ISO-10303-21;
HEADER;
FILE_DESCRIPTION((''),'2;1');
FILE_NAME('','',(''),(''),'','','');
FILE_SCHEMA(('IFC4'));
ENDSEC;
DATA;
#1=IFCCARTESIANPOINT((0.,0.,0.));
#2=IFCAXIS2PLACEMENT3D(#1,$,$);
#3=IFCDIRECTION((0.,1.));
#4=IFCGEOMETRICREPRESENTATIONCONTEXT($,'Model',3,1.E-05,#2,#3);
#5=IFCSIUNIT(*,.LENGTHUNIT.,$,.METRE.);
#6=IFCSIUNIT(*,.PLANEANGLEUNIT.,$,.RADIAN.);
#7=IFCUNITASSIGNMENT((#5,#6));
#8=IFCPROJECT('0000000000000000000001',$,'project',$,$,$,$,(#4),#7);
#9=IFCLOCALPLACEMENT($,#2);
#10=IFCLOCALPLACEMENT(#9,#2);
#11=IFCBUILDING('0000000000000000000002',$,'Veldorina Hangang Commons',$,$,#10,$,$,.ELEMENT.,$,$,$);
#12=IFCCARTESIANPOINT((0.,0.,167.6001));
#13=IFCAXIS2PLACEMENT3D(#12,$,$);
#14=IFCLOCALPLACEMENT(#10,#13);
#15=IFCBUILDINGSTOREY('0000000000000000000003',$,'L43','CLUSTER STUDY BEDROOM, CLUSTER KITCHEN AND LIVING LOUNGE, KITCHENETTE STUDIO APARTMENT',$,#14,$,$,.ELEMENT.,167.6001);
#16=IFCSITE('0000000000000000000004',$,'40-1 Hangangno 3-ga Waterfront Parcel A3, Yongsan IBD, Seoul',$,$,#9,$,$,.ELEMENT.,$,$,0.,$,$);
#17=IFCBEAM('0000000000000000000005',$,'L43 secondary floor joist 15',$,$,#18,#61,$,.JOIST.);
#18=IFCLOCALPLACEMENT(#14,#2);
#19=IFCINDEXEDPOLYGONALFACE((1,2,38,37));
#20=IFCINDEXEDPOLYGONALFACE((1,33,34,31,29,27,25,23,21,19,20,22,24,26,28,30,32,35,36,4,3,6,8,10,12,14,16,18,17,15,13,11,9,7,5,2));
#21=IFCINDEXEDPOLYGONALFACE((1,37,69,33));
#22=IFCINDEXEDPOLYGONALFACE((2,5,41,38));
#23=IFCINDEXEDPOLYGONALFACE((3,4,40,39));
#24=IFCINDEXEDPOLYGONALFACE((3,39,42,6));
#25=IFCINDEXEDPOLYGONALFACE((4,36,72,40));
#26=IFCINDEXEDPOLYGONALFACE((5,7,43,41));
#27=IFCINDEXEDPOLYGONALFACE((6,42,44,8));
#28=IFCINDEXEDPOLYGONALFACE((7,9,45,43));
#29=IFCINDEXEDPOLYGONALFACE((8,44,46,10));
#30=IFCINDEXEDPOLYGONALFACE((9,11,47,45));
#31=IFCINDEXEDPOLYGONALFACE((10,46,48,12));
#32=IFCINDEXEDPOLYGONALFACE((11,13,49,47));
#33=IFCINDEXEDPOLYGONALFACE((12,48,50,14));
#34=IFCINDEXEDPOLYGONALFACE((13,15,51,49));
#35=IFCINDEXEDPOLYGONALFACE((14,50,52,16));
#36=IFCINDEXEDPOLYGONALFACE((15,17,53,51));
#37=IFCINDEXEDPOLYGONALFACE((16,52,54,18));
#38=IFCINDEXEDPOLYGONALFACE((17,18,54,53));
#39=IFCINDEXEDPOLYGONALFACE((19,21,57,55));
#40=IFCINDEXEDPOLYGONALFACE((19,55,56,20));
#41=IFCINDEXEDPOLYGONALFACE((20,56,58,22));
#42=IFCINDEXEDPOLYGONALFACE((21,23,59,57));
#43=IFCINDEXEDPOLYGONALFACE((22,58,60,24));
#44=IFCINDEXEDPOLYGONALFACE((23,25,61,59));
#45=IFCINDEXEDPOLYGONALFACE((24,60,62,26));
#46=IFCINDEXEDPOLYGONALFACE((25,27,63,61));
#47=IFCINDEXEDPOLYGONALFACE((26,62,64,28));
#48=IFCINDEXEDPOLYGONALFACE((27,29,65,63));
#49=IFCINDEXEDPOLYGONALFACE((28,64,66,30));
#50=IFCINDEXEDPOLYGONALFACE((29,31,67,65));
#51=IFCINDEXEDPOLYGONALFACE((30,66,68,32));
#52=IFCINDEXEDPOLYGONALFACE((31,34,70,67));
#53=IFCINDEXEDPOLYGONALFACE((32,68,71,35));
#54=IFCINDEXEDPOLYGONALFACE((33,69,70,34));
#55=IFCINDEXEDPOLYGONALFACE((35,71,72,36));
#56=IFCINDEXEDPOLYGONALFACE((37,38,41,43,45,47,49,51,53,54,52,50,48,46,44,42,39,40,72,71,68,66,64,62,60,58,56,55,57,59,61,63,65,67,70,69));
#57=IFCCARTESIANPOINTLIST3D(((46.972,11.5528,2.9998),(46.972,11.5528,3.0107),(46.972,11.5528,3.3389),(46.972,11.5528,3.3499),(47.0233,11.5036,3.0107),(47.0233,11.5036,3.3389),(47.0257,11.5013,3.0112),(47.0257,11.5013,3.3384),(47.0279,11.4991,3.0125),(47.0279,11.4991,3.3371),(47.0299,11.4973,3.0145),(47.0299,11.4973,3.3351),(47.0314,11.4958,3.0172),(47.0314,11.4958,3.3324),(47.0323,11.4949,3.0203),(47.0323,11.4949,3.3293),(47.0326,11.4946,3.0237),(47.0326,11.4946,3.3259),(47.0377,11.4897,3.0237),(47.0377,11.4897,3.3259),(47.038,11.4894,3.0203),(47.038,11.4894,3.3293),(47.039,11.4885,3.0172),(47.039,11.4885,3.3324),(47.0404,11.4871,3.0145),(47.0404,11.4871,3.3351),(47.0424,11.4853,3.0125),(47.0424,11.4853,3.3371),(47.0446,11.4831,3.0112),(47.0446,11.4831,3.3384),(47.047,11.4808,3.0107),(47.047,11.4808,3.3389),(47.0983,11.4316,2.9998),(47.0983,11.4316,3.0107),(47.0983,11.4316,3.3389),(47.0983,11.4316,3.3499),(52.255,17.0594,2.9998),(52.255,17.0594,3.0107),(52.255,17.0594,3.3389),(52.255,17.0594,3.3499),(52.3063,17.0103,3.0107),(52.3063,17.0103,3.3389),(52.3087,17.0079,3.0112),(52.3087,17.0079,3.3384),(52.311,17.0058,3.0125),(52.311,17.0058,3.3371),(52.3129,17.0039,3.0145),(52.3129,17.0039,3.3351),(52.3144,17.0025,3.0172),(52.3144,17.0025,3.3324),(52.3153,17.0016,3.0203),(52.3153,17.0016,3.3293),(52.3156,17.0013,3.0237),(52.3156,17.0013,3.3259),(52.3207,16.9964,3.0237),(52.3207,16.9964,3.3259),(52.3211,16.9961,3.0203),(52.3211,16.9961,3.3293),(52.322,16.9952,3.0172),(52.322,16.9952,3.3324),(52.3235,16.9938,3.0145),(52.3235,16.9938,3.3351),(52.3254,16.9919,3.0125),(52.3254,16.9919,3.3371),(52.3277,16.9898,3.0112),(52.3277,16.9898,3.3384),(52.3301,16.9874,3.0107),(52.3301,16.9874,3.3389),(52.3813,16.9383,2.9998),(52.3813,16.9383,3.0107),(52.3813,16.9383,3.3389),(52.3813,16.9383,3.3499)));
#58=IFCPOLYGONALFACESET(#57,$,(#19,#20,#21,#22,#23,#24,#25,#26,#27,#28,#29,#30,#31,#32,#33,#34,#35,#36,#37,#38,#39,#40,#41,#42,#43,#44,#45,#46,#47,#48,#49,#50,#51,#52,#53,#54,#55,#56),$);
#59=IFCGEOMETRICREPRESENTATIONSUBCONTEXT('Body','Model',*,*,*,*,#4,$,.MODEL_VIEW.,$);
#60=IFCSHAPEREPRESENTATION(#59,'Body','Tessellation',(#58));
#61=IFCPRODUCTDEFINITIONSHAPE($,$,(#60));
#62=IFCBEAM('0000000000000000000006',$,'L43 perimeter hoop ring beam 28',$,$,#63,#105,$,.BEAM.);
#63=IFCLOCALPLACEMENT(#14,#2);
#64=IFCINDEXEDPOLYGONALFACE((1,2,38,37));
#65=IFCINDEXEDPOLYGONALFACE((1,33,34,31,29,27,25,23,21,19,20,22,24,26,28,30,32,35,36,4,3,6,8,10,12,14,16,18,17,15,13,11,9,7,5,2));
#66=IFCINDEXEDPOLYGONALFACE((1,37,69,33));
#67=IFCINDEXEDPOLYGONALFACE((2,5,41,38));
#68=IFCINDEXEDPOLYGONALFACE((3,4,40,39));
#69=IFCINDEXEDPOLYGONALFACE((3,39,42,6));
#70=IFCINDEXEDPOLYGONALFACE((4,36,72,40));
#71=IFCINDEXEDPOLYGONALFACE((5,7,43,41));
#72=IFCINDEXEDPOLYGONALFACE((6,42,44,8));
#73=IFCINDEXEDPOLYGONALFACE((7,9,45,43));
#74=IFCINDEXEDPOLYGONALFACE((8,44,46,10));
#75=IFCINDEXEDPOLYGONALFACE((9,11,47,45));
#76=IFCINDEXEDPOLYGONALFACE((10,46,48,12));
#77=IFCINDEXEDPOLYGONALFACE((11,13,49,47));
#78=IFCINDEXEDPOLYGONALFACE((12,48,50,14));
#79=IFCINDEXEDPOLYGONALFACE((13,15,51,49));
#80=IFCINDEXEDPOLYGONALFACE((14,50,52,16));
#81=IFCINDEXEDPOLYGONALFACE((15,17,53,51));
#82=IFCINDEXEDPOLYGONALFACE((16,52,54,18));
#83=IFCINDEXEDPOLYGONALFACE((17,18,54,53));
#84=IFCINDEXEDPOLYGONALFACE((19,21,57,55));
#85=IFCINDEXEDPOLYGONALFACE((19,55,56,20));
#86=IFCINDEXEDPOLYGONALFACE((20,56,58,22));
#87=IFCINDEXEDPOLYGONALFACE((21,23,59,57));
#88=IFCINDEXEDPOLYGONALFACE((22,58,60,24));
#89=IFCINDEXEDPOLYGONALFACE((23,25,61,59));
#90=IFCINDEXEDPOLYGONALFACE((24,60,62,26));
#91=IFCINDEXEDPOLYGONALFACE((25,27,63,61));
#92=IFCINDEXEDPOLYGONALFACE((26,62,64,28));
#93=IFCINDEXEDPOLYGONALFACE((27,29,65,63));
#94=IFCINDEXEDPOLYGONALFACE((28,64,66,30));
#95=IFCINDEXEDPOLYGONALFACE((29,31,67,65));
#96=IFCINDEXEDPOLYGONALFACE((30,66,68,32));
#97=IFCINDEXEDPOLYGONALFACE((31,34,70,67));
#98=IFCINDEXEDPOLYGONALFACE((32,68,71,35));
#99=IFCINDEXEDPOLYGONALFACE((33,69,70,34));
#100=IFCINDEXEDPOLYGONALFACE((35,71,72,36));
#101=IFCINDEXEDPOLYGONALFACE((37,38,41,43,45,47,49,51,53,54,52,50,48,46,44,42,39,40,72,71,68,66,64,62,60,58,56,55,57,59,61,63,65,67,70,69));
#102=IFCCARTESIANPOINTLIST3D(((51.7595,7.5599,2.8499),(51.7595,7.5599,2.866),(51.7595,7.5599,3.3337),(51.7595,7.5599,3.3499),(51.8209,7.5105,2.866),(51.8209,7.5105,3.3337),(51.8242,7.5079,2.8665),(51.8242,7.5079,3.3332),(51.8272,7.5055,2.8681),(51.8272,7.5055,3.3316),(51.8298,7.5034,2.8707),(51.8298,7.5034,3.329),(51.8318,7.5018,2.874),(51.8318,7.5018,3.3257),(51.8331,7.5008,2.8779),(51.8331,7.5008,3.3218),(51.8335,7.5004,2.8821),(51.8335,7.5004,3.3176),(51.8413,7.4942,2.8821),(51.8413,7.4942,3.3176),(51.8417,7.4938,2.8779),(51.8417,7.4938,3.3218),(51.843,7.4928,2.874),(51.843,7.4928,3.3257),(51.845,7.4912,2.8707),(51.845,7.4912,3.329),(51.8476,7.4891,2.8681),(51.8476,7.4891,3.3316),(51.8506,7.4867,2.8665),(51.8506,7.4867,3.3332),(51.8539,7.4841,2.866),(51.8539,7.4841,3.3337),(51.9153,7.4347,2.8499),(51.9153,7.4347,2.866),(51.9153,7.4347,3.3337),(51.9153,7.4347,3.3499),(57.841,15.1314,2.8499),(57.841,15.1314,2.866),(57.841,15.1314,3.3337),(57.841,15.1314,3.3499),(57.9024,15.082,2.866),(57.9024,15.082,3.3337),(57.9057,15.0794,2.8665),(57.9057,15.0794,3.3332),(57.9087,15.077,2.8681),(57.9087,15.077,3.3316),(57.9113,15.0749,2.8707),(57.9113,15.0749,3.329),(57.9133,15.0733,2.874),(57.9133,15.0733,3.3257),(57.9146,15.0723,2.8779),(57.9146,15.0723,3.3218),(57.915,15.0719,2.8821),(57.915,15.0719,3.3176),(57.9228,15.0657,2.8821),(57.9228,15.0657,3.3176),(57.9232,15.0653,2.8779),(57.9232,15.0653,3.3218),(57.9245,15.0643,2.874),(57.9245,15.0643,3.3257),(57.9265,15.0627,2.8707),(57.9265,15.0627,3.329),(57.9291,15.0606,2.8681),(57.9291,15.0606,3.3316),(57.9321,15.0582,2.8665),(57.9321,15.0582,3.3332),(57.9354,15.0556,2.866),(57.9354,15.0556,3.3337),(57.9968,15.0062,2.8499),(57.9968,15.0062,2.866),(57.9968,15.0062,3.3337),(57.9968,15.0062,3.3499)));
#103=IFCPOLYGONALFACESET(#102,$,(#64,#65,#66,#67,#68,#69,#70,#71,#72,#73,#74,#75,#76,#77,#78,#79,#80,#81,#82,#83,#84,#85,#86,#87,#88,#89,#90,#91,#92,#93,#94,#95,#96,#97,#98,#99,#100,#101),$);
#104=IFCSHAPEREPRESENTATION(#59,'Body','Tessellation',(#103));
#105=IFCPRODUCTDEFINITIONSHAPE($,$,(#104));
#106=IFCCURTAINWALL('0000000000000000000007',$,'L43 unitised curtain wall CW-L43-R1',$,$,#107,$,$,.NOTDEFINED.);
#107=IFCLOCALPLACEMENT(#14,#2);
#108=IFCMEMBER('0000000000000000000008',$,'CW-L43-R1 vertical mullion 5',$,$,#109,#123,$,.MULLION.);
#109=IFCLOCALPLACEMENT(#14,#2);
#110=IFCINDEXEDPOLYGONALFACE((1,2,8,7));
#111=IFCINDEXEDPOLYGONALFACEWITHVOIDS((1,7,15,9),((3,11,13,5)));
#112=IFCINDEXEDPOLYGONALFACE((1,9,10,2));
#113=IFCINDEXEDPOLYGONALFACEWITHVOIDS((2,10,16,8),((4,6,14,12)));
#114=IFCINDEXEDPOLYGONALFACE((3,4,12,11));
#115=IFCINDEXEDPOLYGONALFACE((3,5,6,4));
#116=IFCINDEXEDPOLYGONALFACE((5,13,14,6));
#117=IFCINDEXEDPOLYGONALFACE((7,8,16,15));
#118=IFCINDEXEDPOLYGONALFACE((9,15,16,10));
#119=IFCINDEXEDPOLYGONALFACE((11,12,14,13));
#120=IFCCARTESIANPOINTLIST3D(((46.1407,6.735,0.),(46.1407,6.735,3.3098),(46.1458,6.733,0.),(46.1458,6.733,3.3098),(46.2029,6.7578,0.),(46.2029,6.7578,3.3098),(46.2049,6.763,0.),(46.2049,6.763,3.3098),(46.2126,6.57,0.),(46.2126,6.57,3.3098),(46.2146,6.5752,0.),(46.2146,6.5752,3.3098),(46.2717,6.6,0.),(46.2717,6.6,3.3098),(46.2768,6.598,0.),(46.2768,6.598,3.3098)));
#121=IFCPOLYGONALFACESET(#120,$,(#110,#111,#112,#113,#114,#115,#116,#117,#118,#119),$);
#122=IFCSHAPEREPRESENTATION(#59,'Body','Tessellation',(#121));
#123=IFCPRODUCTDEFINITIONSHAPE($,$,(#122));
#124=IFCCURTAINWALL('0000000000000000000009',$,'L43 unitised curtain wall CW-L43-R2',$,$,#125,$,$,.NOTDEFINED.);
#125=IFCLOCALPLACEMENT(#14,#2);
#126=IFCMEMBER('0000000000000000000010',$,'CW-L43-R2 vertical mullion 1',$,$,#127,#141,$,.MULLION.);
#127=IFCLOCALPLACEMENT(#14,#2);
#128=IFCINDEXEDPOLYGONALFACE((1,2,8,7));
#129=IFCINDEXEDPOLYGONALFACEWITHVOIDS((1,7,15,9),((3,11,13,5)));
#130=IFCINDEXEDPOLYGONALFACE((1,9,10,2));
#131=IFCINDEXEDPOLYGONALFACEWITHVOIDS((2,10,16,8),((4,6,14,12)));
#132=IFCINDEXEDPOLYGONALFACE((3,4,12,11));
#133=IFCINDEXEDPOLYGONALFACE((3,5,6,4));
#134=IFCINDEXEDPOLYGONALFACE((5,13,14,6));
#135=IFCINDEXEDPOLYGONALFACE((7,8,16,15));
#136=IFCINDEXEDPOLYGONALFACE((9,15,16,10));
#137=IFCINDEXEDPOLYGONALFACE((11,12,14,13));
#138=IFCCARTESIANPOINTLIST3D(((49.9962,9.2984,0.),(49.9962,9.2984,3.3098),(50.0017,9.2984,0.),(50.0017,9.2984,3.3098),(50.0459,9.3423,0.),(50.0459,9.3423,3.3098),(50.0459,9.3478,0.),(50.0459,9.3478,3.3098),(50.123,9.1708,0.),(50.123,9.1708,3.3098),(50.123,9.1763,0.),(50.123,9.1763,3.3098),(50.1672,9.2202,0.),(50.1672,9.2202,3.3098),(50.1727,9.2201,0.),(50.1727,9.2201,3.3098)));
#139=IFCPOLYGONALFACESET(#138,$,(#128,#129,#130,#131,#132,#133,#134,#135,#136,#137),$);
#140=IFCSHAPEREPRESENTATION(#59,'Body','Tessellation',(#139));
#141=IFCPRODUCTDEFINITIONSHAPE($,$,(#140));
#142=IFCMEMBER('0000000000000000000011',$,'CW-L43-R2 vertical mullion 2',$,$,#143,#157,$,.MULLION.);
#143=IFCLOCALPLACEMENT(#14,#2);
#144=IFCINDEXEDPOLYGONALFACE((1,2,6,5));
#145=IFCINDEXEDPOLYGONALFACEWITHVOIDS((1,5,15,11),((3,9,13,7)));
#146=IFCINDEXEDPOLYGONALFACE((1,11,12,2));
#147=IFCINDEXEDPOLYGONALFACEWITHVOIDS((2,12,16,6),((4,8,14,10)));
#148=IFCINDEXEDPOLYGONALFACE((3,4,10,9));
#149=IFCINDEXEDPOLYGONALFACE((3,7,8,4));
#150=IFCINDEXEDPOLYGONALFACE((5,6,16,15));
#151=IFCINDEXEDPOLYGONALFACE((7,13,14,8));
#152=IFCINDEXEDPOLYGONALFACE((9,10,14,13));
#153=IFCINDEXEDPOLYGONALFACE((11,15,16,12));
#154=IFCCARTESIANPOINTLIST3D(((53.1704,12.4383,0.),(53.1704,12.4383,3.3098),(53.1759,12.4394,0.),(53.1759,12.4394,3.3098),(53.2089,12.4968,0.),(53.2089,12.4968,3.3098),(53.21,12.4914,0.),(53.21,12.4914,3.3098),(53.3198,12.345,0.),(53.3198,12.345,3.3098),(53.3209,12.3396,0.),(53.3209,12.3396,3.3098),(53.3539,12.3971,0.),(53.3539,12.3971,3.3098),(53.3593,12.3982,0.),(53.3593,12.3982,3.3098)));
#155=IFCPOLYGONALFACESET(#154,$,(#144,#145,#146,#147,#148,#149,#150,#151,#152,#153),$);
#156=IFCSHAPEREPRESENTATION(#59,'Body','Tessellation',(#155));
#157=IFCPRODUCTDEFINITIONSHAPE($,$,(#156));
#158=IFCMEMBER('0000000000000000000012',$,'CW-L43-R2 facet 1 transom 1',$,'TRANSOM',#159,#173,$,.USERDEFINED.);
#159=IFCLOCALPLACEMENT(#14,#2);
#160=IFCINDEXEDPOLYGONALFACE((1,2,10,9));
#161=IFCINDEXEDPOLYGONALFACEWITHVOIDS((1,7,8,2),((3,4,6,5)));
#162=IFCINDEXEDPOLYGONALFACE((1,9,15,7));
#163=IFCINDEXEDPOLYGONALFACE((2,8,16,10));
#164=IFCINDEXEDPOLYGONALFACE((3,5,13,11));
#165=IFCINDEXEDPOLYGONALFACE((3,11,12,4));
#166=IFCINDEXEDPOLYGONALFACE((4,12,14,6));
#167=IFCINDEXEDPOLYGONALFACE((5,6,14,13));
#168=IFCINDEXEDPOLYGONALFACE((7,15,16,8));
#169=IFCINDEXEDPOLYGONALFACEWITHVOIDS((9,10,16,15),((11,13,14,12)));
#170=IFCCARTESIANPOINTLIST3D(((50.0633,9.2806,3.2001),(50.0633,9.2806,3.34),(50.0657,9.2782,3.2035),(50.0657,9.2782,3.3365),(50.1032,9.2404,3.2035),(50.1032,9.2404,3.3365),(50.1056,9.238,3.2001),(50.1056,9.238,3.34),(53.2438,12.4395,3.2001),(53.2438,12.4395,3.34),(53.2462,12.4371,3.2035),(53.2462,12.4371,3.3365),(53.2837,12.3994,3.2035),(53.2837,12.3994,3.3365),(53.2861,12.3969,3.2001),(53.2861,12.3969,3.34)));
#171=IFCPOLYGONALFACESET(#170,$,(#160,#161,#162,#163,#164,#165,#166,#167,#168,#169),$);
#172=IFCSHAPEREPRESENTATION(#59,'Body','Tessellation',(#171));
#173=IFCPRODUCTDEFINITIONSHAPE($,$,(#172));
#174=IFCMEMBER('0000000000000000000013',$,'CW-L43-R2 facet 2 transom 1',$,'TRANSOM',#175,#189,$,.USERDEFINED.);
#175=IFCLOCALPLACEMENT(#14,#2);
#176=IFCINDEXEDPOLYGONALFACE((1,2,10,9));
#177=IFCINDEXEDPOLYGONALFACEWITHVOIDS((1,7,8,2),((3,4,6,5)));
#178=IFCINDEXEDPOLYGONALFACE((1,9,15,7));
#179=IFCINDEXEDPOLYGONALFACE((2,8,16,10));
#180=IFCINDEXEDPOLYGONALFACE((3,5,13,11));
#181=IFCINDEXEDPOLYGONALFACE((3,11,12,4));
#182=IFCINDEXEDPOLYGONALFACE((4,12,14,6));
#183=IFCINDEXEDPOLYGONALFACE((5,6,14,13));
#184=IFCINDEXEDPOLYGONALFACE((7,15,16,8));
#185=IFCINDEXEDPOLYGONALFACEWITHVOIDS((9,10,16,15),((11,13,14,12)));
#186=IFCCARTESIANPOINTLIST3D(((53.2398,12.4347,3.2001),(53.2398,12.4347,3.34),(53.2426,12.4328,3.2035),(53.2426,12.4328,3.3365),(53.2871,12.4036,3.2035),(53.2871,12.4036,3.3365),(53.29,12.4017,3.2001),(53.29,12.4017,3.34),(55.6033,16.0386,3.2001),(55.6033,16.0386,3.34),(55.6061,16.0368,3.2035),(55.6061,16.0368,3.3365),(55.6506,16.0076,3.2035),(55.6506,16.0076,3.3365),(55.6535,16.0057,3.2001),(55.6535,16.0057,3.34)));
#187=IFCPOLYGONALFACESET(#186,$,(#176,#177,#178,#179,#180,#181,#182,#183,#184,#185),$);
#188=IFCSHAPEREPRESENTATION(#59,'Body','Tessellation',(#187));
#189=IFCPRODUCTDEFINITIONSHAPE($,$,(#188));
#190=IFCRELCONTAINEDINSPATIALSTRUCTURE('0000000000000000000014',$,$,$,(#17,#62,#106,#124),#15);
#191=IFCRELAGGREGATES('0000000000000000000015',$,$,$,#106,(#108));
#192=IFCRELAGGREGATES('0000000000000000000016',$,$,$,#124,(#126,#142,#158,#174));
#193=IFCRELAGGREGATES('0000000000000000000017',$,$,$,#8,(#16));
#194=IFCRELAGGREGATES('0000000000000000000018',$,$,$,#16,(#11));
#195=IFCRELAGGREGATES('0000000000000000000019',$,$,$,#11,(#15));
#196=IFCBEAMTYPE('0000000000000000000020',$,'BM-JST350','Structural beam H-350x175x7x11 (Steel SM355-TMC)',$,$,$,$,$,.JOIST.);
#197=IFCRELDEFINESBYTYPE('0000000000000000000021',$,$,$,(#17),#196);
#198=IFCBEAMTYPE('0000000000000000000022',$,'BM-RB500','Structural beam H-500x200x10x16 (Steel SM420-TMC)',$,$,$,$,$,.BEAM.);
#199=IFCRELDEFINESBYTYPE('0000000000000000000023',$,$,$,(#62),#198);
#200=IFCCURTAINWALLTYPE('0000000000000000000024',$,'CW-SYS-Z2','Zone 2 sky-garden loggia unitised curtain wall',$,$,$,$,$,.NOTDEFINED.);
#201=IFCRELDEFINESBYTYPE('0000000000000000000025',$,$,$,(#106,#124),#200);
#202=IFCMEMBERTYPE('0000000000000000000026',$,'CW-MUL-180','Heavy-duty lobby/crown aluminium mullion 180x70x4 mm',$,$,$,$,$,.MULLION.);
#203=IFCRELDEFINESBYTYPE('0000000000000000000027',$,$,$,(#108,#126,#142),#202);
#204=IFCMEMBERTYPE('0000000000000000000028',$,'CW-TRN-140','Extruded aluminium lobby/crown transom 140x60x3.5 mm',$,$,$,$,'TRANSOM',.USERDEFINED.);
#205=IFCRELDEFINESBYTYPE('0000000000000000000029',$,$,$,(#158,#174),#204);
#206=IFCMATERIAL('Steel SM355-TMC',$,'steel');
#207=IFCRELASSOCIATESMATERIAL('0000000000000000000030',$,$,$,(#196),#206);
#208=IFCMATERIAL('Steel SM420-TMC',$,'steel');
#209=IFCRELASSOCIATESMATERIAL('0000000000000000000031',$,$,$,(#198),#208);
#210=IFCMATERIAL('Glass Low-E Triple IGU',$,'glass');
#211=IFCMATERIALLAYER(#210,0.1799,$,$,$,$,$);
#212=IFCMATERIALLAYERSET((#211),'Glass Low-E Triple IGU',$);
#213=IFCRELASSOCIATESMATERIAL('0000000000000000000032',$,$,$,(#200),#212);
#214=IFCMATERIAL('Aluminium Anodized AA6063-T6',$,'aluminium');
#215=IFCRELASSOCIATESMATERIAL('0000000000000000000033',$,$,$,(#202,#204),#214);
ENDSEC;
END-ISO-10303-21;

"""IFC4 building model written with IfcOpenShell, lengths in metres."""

from ifc_helpers import new_model, si_unit, direction, frame, origin, origin_2d, place, context, subcontext, project, spatial, hollow_rectangle, i_section, extrude, material, layer, layer_set, material_profile, profile_set, type_object, element, aggregate, save


model = new_model("IFC4")

# Units and contexts
model_context = context("Model", 3, precision=1e-05, world=origin(), true_north=direction((0.0, 1.0)))
body_context = subcontext(model_context, "Body", "Model", "MODEL_VIEW")
ifc_project = project(units=[si_unit("LENGTHUNIT", "METRE"), si_unit("PLANEANGLEUNIT", "RADIAN")], contexts=[model_context])

# Site, building, storey
site_placement = place(None, origin())
site = spatial("IfcSite", under=ifc_project, at=site_placement, Name="40-1 Hangangno 3-ga Waterfront Parcel A3, Yongsan IBD, Seoul", CompositionType="ELEMENT", RefElevation=0.0)
building_placement = place(site_placement, origin())
building = spatial("IfcBuilding", under=site, at=building_placement, Name="Veldorina Hangang Commons", CompositionType="ELEMENT")
storey_placement = place(building_placement, frame((0.0, 0.0, 167.6001)))
storey = spatial("IfcBuildingStorey", under=building, at=storey_placement, Name="L43", Description="CLUSTER STUDY BEDROOM, CLUSTER KITCHEN AND LIVING LOUNGE, KITCHENETTE STUDIO APARTMENT", CompositionType="ELEMENT", Elevation=167.6001)

# Beams
ifc_material_1 = material(Name="Steel SM355-TMC", Category="steel")
ifc_material_profile_1 = material_profile(ifc_material_1, i_section(OverallWidth=0.175, OverallDepth=0.3501, WebThickness=0.0071, FlangeThickness=0.011, FilletRadius=0.0129, at=origin_2d()), Name="H-350x175x7x11")
ifc_profile_set_1 = profile_set([ifc_material_profile_1], Name="Steel SM355-TMC")
beam_type_1 = type_object("IfcBeamType", Name="BM-JST350", Description="Structural beam H-350x175x7x11 (Steel SM355-TMC)", PredefinedType="JOIST", material=ifc_profile_set_1)
beam_1_placement = place(storey_placement, frame((47.0352, 11.4922, 3.1748), z_axis=(0.692302, 0.721608, 0.0), x_axis=(-0.721608, 0.692302, 0.0)))
element("IfcBeam", 1, at=beam_1_placement, inside=storey, type_object=beam_type_1, Name="L43 secondary floor joist 15", PredefinedType="JOIST", context=body_context, shape_type="SweptSolid", body=[
    extrude(i_section(OverallWidth=0.175, OverallDepth=0.3501, WebThickness=0.0071, FlangeThickness=0.011, FilletRadius=0.0129, at=origin_2d()), origin(), (0.0, 0.0, 1.0), 7.6311),
])
ifc_material_2 = material(Name="Steel SM420-TMC", Category="steel")
ifc_material_profile_2 = material_profile(ifc_material_2, i_section(OverallWidth=0.2, OverallDepth=0.5, WebThickness=0.01, FlangeThickness=0.0161, FilletRadius=0.0161, at=origin_2d()), Name="H-500x200x10x16")
ifc_profile_set_2 = profile_set([ifc_material_profile_2], Name="Steel SM420-TMC")
beam_type_2 = type_object("IfcBeamType", Name="BM-RB500", Description="Structural beam H-500x200x10x16 (Steel SM420-TMC)", PredefinedType="BEAM", material=ifc_profile_set_2)
beam_2_placement = place(storey_placement, frame((51.8374, 7.4973, 3.0999), z_axis=(0.626221, 0.779646, 0.0), x_axis=(-0.779646, 0.626221, 0.0)))
element("IfcBeam", 2, at=beam_2_placement, inside=storey, type_object=beam_type_2, Name="L43 perimeter hoop ring beam 28", PredefinedType="BEAM", context=body_context, shape_type="SweptSolid", body=[
    extrude(i_section(OverallWidth=0.2, OverallDepth=0.5, WebThickness=0.01, FlangeThickness=0.0161, FilletRadius=0.0161, at=origin_2d()), origin(), (0.0, 0.0, 1.0), 9.7114),
])

# Curtain wall, member
ifc_material_3 = material(Name="Glass Low-E Triple IGU", Category="glass")
ifc_layer_1 = layer(ifc_material_3, 0.1799)
ifc_layer_set_1 = layer_set([ifc_layer_1], Name="Glass Low-E Triple IGU")
curtain_wall_type = type_object("IfcCurtainWallType", Name="CW-SYS-Z2", Description="Zone 2 sky-garden loggia unitised curtain wall", PredefinedType="NOTDEFINED", material=ifc_layer_set_1)
curtain_wall_1_placement = place(storey_placement, origin())
curtain_wall_1 = element("IfcCurtainWall", 3, at=curtain_wall_1_placement, inside=storey, type_object=curtain_wall_type, Name="L43 unitised curtain wall CW-L43-R1", PredefinedType="NOTDEFINED")
ifc_material_4 = material(Name="Aluminium Anodized AA6063-T6", Category="aluminium")
ifc_material_profile_3 = material_profile(ifc_material_4, hollow_rectangle(XDim=0.0701, YDim=0.1799, WallThickness=0.0039, at=origin_2d()), Name="ALU-RHS-180x70x4")
ifc_profile_set_3 = profile_set([ifc_material_profile_3], Name="Aluminium Anodized AA6063-T6")
member_type_1 = type_object("IfcMemberType", Name="CW-MUL-180", Description="Heavy-duty lobby/crown aluminium mullion 180x70x4 mm", PredefinedType="MULLION", material=ifc_profile_set_3)
member_1_placement = place(storey_placement, frame((46.2087, 6.6665, 0.0), z_axis=(0.0, 0.0, 1.0), x_axis=(-0.916768, -0.399421, 0.0)))
member_1 = element("IfcMember", 4, at=member_1_placement, type_object=member_type_1, Name="CW-L43-R1 vertical mullion 5", PredefinedType="MULLION", context=body_context, shape_type="SweptSolid", body=[
    extrude(hollow_rectangle(XDim=0.0701, YDim=0.1799, WallThickness=0.0039, at=origin_2d()), origin(), (0.0, 0.0, 1.0), 3.3098),
])
aggregate(curtain_wall_1, [member_1])

# Curtain wall, members
curtain_wall_2_placement = place(storey_placement, origin())
curtain_wall_2 = element("IfcCurtainWall", 5, at=curtain_wall_2_placement, inside=storey, type_object=curtain_wall_type, Name="L43 unitised curtain wall CW-L43-R2", PredefinedType="NOTDEFINED")
member_2_placement = place(storey_placement, frame((50.0845, 9.2593, 0.0), z_axis=(0.0, 0.0, 1.0), x_axis=(0.709509, 0.704696, 0.0)))
member_2 = element("IfcMember", 6, at=member_2_placement, type_object=member_type_1, Name="CW-L43-R2 vertical mullion 1", PredefinedType="MULLION", context=body_context, shape_type="SweptSolid", body=[
    extrude(hollow_rectangle(XDim=0.0701, YDim=0.1799, WallThickness=0.0039, at=origin_2d()), origin(), (0.0, 0.0, 1.0), 3.3098),
])
member_3_placement = place(storey_placement, frame((53.2649, 12.4182, 0.0), z_axis=(0.0, 0.0, 1.0), x_axis=(0.548366, 0.836238, 0.0)))
member_3 = element("IfcMember", 7, at=member_3_placement, type_object=member_type_1, Name="CW-L43-R2 vertical mullion 2", PredefinedType="MULLION", context=body_context, shape_type="SweptSolid", body=[
    extrude(hollow_rectangle(XDim=0.0701, YDim=0.1799, WallThickness=0.0039, at=origin_2d()), origin(), (0.0, 0.0, 1.0), 3.3098),
])
ifc_material_profile_4 = material_profile(ifc_material_4, hollow_rectangle(XDim=0.0601, YDim=0.1399, WallThickness=0.0034, at=origin_2d()), Name="ALU-RHS-140x60x3.5")
ifc_profile_set_4 = profile_set([ifc_material_profile_4], Name="Aluminium Anodized AA6063-T6")
member_type_2 = type_object("IfcMemberType", Name="CW-TRN-140", Description="Extruded aluminium lobby/crown transom 140x60x3.5 mm", ElementType="TRANSOM", PredefinedType="USERDEFINED", material=ifc_profile_set_4)
member_4_placement = place(storey_placement, frame((50.0845, 9.2593, 3.27), z_axis=(0.709499, 0.704706, 0.0), x_axis=(-0.704706, 0.709499, 0.0)))
member_4 = element("IfcMember", 8, at=member_4_placement, type_object=member_type_2, Name="CW-L43-R2 facet 1 transom 1", ObjectType="TRANSOM", PredefinedType="USERDEFINED", context=body_context, shape_type="SweptSolid", body=[
    extrude(hollow_rectangle(XDim=0.0601, YDim=0.1399, WallThickness=0.0034, at=origin_2d()), origin(), (0.0, 0.0, 1.0), 4.4827),
])
member_5_placement = place(storey_placement, frame((53.2649, 12.4182, 3.27), z_axis=(0.548397, 0.836218, 0.0), x_axis=(-0.836218, 0.548397, 0.0)))
member_5 = element("IfcMember", 9, at=member_5_placement, type_object=member_type_2, Name="CW-L43-R2 facet 2 transom 1", ObjectType="TRANSOM", PredefinedType="USERDEFINED", context=body_context, shape_type="SweptSolid", body=[
    extrude(hollow_rectangle(XDim=0.0601, YDim=0.1399, WallThickness=0.0034, at=origin_2d()), origin(), (0.0, 0.0, 1.0), 4.3098),
])

aggregate(curtain_wall_2, [member_2, member_3, member_4, member_5])

save(model, "model.ifc")
